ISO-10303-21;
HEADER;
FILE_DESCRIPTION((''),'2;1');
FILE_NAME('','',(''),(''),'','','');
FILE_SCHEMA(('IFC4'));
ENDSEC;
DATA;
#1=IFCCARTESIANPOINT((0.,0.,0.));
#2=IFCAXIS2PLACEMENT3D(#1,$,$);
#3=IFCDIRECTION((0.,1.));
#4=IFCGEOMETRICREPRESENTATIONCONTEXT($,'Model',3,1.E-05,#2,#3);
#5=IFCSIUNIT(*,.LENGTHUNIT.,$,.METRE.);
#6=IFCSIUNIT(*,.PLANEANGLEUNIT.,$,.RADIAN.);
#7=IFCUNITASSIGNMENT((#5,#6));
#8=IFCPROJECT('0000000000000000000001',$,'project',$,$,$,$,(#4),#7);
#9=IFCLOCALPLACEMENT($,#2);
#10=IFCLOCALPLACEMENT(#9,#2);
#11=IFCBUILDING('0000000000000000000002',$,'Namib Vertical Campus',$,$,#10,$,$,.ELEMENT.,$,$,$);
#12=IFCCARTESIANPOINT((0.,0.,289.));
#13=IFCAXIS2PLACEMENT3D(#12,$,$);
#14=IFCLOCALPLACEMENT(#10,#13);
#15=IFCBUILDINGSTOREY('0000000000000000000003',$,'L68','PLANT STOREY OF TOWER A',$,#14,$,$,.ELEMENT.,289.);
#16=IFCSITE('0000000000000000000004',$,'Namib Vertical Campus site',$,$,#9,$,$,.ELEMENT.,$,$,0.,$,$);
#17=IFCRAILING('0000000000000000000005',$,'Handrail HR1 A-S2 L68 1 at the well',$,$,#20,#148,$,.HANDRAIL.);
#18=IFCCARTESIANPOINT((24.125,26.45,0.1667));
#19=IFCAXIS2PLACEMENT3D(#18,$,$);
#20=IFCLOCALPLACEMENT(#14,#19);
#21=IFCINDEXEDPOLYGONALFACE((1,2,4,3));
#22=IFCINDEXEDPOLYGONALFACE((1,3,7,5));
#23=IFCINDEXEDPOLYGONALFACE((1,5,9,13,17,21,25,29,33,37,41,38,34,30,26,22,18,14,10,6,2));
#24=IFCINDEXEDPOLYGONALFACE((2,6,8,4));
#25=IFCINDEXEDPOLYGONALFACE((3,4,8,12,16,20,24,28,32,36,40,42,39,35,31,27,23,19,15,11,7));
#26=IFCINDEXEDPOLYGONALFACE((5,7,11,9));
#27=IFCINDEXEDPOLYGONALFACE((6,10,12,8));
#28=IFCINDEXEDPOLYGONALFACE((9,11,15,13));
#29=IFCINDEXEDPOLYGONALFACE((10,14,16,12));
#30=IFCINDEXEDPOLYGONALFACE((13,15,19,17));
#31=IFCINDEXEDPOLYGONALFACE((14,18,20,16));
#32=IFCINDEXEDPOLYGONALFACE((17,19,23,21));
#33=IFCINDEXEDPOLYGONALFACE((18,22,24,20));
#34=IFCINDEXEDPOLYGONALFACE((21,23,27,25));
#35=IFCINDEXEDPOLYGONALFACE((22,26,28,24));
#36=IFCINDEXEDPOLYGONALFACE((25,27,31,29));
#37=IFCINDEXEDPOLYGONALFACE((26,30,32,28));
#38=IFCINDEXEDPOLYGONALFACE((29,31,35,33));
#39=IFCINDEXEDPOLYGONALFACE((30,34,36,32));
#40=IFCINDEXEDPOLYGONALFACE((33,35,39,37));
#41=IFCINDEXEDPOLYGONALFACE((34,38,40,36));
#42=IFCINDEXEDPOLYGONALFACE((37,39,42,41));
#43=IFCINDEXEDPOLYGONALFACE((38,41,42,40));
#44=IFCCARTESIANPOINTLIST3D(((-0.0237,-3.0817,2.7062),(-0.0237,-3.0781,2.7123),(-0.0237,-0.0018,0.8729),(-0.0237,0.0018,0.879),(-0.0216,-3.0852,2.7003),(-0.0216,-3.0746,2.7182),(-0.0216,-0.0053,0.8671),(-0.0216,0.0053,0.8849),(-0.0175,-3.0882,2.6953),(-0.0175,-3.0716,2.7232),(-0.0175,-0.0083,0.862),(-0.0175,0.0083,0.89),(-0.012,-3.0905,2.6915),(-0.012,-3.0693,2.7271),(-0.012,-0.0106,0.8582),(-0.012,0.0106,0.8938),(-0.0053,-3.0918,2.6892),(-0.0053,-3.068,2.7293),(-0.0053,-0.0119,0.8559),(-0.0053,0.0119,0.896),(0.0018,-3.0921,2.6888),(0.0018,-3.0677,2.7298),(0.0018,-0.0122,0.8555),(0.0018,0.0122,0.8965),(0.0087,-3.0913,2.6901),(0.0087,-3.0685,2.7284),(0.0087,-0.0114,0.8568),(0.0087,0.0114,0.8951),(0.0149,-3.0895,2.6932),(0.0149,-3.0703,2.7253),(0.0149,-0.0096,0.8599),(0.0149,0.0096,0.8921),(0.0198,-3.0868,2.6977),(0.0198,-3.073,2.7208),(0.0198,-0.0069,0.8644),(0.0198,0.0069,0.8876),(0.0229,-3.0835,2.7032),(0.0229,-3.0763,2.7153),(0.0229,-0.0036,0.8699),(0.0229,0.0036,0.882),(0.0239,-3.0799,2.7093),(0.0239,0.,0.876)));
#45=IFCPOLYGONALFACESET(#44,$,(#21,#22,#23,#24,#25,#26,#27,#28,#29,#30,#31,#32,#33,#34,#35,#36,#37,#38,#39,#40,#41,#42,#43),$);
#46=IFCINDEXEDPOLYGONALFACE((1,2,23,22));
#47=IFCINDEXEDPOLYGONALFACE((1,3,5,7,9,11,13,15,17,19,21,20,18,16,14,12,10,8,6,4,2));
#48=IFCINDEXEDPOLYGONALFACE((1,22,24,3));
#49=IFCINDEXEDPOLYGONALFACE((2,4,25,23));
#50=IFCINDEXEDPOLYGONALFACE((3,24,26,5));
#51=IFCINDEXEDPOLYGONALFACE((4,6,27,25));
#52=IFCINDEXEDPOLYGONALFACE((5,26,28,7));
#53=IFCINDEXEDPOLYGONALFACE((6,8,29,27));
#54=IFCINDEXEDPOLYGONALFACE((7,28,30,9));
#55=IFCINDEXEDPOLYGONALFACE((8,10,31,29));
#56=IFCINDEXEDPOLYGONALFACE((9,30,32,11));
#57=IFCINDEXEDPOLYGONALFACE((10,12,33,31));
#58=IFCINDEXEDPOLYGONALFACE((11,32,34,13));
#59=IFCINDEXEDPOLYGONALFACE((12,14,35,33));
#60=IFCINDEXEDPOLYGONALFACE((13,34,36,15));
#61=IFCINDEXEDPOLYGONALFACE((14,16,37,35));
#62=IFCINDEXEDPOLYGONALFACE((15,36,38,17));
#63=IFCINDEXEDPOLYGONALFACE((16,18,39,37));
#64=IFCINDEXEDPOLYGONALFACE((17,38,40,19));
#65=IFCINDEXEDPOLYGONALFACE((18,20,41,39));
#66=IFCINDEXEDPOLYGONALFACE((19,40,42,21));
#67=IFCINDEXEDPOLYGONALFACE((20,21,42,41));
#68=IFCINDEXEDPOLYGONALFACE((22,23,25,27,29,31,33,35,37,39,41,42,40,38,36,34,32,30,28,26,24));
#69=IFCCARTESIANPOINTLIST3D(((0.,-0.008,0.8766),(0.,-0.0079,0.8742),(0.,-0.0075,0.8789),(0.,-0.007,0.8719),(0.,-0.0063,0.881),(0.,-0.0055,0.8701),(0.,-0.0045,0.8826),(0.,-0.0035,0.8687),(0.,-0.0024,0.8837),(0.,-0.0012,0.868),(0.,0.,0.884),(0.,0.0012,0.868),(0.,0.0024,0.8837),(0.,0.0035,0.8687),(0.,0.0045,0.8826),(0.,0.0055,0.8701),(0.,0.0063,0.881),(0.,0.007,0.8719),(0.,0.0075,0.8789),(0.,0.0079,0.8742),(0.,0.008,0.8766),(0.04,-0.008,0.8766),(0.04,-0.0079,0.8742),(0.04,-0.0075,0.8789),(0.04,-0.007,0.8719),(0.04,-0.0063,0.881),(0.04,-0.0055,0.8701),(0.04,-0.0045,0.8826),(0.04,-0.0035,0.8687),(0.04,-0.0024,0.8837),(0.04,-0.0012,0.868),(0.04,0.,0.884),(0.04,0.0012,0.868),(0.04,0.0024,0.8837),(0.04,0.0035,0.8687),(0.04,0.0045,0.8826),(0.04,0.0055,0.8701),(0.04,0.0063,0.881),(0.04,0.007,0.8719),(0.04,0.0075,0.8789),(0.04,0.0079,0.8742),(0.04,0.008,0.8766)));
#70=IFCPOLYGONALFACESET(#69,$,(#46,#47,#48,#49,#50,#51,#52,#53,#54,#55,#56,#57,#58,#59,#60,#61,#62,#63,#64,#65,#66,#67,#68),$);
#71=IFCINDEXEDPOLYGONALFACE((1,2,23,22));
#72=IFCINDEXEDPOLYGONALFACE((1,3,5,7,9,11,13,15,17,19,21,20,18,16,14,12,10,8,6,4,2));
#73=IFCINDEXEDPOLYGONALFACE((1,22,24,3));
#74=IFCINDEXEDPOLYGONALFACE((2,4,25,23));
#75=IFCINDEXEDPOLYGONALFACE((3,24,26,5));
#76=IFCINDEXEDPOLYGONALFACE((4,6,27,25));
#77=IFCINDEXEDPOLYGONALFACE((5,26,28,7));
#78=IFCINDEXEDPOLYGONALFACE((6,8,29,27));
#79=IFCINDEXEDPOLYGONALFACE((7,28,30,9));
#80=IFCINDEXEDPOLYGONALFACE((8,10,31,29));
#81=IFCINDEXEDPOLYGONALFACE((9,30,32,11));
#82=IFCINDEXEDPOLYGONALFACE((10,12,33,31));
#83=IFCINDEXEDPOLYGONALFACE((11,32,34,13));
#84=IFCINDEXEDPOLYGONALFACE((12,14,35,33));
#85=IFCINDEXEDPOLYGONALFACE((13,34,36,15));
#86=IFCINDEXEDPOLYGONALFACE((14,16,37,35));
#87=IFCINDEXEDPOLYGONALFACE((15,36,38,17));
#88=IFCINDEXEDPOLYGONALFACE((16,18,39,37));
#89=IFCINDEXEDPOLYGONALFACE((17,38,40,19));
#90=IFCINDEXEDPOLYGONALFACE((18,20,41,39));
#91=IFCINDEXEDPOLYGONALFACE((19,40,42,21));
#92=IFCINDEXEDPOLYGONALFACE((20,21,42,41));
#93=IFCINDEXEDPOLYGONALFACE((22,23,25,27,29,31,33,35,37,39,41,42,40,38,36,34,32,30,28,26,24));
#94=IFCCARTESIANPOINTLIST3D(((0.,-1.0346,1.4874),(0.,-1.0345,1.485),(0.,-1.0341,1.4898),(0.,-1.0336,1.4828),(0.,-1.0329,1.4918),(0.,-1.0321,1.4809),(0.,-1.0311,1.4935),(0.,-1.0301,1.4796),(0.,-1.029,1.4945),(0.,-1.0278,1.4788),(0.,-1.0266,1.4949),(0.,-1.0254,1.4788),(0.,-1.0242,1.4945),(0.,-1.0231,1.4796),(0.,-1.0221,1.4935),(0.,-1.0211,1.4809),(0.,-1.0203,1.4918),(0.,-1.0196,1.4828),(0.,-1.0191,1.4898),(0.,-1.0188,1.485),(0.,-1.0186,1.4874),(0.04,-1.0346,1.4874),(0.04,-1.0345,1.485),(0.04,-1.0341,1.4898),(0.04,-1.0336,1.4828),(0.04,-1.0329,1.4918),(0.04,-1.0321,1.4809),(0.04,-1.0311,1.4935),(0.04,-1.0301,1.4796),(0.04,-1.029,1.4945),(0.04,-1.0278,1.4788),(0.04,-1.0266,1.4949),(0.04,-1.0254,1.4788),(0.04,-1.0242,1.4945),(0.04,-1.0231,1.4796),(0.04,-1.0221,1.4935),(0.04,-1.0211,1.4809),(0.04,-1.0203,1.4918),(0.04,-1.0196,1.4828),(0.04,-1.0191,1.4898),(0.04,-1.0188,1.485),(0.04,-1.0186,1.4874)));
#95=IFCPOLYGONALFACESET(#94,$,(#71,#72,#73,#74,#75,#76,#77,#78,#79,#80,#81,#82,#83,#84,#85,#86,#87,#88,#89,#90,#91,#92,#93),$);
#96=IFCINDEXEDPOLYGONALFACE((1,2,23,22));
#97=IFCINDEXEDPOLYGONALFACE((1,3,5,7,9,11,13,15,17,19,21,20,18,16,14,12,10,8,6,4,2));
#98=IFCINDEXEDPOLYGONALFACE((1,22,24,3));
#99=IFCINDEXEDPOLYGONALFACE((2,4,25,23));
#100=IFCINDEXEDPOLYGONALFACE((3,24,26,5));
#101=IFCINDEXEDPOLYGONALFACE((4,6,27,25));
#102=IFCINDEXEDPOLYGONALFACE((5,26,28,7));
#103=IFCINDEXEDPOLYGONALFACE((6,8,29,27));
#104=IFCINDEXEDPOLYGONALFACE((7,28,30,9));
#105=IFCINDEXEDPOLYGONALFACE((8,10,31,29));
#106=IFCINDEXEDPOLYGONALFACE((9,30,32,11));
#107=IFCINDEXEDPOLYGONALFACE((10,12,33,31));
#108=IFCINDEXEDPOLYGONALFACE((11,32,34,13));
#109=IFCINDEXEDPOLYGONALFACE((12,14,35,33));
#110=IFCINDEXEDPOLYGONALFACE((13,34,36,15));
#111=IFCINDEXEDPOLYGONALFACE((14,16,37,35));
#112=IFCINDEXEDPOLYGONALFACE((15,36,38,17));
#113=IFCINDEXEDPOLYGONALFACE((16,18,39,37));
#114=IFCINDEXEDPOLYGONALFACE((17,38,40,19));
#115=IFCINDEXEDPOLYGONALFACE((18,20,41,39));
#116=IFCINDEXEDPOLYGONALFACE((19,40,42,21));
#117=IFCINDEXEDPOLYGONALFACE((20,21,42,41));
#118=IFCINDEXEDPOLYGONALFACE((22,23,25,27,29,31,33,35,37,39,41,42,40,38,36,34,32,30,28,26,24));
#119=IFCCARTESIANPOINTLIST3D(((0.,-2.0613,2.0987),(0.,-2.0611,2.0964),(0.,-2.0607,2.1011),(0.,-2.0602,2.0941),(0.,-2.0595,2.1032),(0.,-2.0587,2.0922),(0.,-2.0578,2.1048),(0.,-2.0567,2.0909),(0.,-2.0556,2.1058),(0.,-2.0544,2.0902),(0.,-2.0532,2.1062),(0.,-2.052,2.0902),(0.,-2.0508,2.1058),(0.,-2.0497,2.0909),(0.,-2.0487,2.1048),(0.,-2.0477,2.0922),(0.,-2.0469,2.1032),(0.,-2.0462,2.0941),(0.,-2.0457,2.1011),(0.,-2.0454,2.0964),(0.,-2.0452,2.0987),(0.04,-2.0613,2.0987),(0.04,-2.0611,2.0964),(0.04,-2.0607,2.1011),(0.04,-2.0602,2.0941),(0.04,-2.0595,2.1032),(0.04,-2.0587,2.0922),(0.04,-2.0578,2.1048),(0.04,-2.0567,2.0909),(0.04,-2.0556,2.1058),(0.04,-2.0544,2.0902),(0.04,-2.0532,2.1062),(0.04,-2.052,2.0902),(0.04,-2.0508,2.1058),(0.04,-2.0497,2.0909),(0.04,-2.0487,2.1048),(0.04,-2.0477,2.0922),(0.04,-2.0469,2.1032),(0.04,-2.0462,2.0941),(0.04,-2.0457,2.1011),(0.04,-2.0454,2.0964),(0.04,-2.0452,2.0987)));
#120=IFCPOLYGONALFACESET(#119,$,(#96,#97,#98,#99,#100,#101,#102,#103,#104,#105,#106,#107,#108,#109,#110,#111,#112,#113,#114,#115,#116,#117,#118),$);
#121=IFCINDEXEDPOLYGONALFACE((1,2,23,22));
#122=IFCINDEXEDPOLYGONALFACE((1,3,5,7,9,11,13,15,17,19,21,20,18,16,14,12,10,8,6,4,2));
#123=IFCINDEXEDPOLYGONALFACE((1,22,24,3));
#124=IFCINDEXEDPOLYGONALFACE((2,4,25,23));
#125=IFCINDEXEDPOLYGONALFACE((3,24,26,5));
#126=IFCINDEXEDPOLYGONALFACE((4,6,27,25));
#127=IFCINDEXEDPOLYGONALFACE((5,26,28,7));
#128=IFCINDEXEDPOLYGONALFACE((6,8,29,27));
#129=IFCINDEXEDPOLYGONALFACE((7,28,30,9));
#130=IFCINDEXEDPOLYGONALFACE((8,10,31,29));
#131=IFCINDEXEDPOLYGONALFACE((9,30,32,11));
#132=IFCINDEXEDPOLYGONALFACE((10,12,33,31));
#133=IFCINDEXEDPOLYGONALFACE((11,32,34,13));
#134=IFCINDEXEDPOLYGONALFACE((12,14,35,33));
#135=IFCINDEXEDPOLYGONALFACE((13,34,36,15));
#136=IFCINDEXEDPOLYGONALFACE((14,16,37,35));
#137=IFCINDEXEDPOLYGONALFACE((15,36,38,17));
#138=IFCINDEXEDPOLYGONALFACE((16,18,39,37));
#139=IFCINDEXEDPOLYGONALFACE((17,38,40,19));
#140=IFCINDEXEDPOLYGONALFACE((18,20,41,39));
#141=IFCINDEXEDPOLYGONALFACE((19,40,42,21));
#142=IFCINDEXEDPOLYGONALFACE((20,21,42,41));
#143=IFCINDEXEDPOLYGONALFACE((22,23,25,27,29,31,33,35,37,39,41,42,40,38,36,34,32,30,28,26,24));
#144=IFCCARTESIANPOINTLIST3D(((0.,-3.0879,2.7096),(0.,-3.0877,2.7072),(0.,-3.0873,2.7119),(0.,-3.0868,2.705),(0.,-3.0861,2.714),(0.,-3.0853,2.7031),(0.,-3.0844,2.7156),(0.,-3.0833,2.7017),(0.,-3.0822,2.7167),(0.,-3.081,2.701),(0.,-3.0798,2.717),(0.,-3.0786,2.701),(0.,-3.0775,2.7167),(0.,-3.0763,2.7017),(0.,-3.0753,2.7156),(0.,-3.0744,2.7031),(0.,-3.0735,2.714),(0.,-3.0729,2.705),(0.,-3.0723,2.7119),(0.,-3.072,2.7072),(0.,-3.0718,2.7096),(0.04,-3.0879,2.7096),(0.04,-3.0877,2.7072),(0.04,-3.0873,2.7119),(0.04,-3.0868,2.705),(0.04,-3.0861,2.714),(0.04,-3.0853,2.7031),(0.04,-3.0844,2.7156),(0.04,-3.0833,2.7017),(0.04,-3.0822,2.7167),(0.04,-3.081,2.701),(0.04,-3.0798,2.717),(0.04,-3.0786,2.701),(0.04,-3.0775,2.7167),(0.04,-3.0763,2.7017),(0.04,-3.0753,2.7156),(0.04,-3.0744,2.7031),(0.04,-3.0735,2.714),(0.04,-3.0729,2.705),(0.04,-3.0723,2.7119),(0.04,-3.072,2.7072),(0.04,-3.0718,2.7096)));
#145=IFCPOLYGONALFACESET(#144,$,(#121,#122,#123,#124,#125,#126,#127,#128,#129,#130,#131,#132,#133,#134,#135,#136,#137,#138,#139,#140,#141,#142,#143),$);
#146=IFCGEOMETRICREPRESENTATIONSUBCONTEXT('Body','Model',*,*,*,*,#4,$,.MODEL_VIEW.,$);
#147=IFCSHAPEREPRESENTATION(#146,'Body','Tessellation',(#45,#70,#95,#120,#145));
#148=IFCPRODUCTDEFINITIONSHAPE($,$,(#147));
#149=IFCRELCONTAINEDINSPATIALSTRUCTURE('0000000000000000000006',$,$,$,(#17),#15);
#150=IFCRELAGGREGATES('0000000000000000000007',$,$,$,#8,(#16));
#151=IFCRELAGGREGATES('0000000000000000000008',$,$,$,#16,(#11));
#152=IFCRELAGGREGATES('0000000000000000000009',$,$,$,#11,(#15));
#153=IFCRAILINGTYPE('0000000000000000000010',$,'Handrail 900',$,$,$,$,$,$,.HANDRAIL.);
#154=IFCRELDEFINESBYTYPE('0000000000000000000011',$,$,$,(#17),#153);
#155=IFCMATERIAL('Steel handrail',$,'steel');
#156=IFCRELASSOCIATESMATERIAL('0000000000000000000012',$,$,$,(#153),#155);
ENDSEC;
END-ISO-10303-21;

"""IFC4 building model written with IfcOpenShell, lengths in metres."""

from ifc_helpers import new_model, si_unit, direction, frame, origin, origin_2d, place, context, subcontext, project, spatial, circle, extrude, material, type_object, element, save


model = new_model("IFC4")

# Units and contexts
model_context = context("Model", 3, precision=1e-05, world=origin(), true_north=direction((0.0, 1.0)))
body_context = subcontext(model_context, "Body", "Model", "MODEL_VIEW")
ifc_project = project(units=[si_unit("LENGTHUNIT", "METRE"), si_unit("PLANEANGLEUNIT", "RADIAN")], contexts=[model_context])

# Site, building, storey
site_placement = place(None, origin())
site = spatial("IfcSite", under=ifc_project, at=site_placement, Name="Namib Vertical Campus site", CompositionType="ELEMENT", RefElevation=0.0)
building_placement = place(site_placement, origin())
building = spatial("IfcBuilding", under=site, at=building_placement, Name="Namib Vertical Campus", CompositionType="ELEMENT")
storey_placement = place(building_placement, frame((0.0, 0.0, 289.0)))
storey = spatial("IfcBuildingStorey", under=building, at=storey_placement, Name="L68", Description="PLANT STOREY OF TOWER A", CompositionType="ELEMENT", Elevation=289.0)

# Railing
ifc_material_1 = material(Name="Steel handrail", Category="steel")
railing_type_1 = type_object("IfcRailingType", Name="Handrail 900", PredefinedType="HANDRAIL", material=ifc_material_1)
railing_1_placement = place(storey_placement, frame((24.125, 26.45, 0.1667)))
element("IfcRailing", 1, at=railing_1_placement, inside=storey, type_object=railing_type_1, Name="Handrail HR1 A-S2 L68 1 at the well", PredefinedType="HANDRAIL", context=body_context, shape_type="SweptSolid", body=[
    extrude(circle(Radius=0.0239, at=origin_2d()), frame((0.0, 0.0, 0.876), z_axis=(0.0, -0.859291, 0.511487), x_axis=(1.0, 0.0, 0.0)), (0.0, 0.0, 1.0), 3.5842),
    extrude(circle(Radius=0.0081, at=origin_2d()), frame((0.0, 0.0, 0.876), z_axis=(1.0, 0.0, 0.0), x_axis=(0.0, 0.0, 1.0)), (0.0, 0.0, 1.0), 0.04),
    extrude(circle(Radius=0.0081, at=origin_2d()), frame((0.0, -1.0266, 1.4868), z_axis=(1.0, 0.0, 0.0), x_axis=(0.0, 0.0, 1.0)), (0.0, 0.0, 1.0), 0.04),
    extrude(circle(Radius=0.0081, at=origin_2d()), frame((0.0, -2.0532, 2.0981), z_axis=(1.0, 0.0, 0.0), x_axis=(0.0, 0.0, 1.0)), (0.0, 0.0, 1.0), 0.04),
    extrude(circle(Radius=0.0081, at=origin_2d()), frame((0.0, -3.0798, 2.709), z_axis=(1.0, 0.0, 0.0), x_axis=(0.0, 0.0, 1.0)), (0.0, 0.0, 1.0), 0.04),
])

save(model, "model.ifc")
